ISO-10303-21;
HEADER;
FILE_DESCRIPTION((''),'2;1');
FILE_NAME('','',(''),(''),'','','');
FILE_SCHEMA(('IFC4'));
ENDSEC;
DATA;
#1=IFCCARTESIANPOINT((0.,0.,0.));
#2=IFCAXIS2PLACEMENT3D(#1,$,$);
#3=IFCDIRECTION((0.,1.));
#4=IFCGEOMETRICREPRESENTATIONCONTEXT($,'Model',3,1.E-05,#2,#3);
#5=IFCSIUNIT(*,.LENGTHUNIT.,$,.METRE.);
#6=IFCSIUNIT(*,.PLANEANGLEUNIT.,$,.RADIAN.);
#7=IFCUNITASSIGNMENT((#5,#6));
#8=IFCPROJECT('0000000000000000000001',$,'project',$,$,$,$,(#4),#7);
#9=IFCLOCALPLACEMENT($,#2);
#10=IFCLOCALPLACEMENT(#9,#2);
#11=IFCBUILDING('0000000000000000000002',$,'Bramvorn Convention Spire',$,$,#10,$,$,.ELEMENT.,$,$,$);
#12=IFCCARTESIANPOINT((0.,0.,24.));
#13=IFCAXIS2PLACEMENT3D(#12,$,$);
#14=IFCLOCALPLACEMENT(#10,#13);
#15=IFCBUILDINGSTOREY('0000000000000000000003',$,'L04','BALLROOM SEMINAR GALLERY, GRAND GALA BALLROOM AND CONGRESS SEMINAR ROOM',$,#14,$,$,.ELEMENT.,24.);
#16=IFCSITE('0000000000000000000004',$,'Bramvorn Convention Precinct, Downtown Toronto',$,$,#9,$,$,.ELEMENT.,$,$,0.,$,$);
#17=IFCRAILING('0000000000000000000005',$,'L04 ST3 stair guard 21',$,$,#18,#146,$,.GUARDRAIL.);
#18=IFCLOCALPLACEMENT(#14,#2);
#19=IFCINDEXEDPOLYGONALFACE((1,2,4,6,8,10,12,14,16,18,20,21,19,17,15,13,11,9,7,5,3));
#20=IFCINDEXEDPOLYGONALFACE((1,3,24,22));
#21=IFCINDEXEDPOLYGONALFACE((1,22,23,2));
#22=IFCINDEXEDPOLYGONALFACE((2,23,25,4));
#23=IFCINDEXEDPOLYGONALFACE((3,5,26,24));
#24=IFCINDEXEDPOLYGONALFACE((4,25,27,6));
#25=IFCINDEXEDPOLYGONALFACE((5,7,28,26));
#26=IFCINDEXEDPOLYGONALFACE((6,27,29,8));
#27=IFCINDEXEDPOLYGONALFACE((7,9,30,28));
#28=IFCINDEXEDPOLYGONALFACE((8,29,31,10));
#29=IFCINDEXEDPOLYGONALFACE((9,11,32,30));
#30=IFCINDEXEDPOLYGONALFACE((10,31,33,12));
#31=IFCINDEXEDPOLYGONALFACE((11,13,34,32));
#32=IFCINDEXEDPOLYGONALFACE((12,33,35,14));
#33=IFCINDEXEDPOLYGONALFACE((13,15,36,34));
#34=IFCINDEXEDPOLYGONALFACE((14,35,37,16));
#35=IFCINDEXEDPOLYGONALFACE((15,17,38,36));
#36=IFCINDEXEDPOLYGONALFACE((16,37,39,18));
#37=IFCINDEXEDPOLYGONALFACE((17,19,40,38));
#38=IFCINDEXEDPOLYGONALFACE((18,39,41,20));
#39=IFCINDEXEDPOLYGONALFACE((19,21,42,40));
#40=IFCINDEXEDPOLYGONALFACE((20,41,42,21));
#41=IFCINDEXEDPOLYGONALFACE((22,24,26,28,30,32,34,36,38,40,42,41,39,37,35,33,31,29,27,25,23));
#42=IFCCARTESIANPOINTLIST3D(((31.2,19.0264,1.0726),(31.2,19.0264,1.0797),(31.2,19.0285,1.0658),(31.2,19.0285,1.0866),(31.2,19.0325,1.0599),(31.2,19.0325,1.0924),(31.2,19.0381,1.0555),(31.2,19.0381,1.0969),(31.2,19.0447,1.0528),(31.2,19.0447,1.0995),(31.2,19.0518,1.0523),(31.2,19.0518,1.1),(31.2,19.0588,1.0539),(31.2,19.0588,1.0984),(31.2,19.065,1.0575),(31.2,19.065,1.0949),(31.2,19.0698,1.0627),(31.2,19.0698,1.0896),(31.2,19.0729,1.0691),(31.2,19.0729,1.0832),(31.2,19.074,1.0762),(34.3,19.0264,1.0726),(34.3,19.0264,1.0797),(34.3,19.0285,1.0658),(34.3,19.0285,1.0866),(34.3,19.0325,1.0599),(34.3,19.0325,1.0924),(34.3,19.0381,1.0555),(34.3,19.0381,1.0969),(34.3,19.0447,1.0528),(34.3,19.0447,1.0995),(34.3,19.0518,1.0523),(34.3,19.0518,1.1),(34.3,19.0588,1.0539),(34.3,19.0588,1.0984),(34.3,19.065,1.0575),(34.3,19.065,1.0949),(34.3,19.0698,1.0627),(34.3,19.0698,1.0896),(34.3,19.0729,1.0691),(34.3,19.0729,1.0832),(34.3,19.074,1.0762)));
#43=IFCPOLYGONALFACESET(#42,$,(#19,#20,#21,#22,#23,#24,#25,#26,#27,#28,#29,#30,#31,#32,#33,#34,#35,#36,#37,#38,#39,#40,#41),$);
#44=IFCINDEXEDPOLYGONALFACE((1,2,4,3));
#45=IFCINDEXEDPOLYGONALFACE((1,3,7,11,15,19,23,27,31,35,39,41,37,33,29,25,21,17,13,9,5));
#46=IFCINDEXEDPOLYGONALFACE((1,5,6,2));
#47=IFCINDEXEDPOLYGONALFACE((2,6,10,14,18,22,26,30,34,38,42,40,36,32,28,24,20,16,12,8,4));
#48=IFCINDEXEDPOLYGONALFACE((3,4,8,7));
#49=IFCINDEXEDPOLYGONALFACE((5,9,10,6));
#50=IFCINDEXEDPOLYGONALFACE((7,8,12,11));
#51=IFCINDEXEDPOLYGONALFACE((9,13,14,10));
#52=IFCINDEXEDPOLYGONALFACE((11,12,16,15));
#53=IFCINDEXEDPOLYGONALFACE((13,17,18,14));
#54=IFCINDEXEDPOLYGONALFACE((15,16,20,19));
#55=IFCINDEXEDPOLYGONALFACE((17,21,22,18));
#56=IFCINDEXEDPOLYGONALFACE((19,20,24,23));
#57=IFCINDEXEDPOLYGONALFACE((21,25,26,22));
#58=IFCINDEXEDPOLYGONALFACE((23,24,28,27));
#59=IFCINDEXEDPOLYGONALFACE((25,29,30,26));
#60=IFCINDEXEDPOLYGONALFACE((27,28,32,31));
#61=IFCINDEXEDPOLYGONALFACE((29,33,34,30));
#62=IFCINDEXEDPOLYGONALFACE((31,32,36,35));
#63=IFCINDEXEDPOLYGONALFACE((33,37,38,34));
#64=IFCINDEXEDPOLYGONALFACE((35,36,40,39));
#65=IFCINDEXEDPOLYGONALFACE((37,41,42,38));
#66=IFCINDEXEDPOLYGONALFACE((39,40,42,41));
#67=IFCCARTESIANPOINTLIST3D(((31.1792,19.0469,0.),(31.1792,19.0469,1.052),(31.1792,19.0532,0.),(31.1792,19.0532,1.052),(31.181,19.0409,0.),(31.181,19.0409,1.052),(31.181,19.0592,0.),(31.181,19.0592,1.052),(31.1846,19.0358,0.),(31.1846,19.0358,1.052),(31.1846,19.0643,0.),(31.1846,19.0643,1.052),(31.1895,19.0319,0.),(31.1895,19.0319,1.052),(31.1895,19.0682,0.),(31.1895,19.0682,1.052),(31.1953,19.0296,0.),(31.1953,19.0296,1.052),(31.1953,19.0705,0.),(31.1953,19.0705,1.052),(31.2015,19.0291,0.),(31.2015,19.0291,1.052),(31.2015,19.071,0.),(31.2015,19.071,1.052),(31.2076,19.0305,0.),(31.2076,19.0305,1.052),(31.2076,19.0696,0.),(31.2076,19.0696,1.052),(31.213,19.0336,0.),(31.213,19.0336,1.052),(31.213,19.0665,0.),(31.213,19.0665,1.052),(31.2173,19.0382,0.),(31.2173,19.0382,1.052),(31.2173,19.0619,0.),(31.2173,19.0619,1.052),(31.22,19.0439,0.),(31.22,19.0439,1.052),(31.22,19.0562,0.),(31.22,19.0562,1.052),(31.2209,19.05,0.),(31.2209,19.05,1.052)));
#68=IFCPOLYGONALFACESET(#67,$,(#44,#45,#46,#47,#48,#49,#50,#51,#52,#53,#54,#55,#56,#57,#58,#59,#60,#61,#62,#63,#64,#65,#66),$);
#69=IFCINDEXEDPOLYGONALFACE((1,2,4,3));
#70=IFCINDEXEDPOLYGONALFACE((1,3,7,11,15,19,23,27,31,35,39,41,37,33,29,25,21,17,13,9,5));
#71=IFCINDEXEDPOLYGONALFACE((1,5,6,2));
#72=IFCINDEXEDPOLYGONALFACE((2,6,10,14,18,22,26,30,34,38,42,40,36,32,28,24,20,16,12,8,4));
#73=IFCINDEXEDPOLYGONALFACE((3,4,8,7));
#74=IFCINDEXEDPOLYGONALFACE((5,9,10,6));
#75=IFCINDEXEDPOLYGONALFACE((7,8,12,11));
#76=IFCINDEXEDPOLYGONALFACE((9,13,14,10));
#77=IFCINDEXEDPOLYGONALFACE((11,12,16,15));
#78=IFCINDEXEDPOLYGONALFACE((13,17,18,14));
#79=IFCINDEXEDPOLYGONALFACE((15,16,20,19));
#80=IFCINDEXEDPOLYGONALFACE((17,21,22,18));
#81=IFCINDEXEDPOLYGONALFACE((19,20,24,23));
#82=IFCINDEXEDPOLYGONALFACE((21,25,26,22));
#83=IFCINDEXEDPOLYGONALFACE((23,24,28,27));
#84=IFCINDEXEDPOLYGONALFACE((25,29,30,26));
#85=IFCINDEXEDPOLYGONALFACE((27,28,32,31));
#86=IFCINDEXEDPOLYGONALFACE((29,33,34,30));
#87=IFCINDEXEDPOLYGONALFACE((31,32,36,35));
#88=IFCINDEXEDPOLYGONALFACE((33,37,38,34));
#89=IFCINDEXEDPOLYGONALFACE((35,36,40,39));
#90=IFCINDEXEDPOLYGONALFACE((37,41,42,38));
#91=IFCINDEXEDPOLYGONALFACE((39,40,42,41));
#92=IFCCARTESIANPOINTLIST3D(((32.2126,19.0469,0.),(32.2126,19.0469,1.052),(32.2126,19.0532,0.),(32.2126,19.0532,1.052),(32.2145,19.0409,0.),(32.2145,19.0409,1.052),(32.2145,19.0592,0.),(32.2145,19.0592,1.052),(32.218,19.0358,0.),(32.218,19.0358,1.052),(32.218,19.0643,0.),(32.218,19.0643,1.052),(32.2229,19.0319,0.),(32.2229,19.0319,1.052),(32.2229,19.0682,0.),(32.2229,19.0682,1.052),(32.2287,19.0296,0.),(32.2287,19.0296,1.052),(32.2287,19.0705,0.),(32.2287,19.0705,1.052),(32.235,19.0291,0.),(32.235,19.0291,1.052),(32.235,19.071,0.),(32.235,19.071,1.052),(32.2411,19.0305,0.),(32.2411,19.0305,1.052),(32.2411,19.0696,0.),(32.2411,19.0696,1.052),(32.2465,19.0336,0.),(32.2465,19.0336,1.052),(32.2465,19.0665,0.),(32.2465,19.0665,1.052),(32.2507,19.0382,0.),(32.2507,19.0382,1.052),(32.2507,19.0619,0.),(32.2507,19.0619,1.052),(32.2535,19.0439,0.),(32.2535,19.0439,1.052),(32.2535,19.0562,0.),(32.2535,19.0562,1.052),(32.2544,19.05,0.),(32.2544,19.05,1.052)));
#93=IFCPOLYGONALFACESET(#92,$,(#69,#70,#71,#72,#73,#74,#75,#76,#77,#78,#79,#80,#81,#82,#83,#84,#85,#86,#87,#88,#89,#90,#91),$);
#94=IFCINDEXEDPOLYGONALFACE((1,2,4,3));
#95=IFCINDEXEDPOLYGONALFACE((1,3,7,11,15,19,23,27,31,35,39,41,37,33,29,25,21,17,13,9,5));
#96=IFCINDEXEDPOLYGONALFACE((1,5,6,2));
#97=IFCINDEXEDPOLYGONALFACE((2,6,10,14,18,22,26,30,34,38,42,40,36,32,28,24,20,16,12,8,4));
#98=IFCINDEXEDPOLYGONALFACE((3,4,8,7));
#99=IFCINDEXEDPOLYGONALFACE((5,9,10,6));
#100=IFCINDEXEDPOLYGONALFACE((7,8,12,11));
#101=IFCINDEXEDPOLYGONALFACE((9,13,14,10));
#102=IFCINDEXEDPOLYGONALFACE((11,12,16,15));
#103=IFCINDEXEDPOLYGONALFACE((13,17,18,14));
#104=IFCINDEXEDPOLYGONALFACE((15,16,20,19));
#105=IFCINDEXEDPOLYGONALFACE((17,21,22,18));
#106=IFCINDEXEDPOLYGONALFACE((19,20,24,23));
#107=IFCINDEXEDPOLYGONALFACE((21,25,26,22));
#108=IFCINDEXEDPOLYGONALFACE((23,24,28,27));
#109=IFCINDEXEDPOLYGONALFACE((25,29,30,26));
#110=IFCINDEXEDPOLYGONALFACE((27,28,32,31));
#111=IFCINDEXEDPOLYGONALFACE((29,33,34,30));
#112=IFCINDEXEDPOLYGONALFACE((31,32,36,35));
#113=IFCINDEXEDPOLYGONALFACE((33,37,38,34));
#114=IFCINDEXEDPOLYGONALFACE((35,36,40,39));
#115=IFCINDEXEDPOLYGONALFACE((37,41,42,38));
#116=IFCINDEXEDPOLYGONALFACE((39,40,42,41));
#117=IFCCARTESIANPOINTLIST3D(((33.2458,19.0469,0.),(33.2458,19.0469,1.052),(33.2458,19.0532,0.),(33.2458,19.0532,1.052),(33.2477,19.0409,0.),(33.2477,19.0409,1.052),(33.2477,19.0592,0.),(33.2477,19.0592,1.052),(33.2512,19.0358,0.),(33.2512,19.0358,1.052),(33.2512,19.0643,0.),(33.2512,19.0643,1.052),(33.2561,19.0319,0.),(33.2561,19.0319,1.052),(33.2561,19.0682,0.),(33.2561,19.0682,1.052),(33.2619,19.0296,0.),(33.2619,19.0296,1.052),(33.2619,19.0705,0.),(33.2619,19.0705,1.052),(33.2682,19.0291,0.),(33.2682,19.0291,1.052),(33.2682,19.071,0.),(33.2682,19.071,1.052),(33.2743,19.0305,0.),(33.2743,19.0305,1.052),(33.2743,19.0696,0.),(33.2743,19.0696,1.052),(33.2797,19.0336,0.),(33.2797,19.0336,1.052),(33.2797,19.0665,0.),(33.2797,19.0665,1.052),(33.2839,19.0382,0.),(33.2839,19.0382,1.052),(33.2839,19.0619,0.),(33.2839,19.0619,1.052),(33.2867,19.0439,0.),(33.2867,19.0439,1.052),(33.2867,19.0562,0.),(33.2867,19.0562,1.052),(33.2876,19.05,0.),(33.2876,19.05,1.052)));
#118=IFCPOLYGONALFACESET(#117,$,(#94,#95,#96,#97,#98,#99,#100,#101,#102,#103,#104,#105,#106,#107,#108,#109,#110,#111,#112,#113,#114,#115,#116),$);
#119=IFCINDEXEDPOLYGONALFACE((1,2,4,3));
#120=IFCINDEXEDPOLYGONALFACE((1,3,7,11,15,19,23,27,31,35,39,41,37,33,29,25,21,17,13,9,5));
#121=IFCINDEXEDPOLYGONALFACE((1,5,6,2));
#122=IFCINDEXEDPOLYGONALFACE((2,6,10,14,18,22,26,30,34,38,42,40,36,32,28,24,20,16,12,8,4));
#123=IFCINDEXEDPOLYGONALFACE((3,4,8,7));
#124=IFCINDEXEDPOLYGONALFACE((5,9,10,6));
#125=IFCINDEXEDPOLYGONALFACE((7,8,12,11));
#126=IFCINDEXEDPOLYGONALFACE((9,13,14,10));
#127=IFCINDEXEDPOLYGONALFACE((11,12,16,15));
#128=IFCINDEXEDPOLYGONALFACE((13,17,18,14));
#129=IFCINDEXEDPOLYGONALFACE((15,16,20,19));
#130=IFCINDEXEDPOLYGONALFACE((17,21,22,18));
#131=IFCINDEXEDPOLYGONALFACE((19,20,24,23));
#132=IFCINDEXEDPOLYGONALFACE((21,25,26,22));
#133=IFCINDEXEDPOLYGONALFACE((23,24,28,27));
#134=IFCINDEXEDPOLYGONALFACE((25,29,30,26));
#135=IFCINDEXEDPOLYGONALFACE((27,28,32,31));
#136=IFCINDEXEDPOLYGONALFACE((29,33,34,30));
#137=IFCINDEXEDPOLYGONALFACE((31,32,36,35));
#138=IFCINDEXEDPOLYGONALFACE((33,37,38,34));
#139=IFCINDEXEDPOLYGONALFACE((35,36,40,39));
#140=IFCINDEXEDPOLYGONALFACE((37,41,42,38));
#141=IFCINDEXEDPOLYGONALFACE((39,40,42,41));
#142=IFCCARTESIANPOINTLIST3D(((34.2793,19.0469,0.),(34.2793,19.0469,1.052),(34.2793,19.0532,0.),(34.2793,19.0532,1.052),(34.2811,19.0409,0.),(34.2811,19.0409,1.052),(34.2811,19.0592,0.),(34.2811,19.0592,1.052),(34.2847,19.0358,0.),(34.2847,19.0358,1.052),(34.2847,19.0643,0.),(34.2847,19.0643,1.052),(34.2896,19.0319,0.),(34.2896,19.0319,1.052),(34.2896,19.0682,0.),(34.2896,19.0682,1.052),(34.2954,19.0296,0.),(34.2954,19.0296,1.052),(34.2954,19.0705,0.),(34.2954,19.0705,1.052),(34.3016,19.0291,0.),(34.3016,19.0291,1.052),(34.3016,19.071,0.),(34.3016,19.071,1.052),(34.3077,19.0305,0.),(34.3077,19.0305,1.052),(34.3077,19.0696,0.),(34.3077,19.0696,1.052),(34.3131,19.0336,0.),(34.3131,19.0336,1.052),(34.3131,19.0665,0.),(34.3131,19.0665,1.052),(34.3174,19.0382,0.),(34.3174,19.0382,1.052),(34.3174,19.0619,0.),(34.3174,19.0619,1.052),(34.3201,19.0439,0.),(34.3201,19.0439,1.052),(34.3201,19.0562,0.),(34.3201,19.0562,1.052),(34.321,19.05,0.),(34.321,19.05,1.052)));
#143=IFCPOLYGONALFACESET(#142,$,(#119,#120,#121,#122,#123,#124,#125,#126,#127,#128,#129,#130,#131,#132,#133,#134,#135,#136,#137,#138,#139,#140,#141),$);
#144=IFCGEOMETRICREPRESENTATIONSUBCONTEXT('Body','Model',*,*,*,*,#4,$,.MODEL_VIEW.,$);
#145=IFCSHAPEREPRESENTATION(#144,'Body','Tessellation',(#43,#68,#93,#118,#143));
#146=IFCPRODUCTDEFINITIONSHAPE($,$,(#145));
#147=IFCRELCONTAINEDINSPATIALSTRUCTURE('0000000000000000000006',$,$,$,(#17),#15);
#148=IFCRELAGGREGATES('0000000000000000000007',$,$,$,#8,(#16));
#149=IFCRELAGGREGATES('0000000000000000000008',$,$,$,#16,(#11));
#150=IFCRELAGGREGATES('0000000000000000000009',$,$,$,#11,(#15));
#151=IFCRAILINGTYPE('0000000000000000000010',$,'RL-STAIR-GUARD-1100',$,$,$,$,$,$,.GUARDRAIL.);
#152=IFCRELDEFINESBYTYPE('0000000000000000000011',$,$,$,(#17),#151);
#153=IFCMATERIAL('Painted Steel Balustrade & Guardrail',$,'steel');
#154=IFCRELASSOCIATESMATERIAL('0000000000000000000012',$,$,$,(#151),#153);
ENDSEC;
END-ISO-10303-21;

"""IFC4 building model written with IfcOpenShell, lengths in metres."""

from ifc_helpers import new_model, si_unit, direction, frame, origin, origin_2d, place, context, subcontext, project, spatial, circle, extrude, material, type_object, element, save


model = new_model("IFC4")

# Units and contexts
model_context = context("Model", 3, precision=1e-05, world=origin(), true_north=direction((0.0, 1.0)))
body_context = subcontext(model_context, "Body", "Model", "MODEL_VIEW")
ifc_project = project(units=[si_unit("LENGTHUNIT", "METRE"), si_unit("PLANEANGLEUNIT", "RADIAN")], contexts=[model_context])

# Site, building, storey
site_placement = place(None, origin())
site = spatial("IfcSite", under=ifc_project, at=site_placement, Name="Bramvorn Convention Precinct, Downtown Toronto", CompositionType="ELEMENT", RefElevation=0.0)
building_placement = place(site_placement, origin())
building = spatial("IfcBuilding", under=site, at=building_placement, Name="Bramvorn Convention Spire", CompositionType="ELEMENT")
storey_placement = place(building_placement, frame((0.0, 0.0, 24.0)))
storey = spatial("IfcBuildingStorey", under=building, at=storey_placement, Name="L04", Description="BALLROOM SEMINAR GALLERY, GRAND GALA BALLROOM AND CONGRESS SEMINAR ROOM", CompositionType="ELEMENT", Elevation=24.0)

# Railing
ifc_material_1 = material(Name="Painted Steel Balustrade & Guardrail", Category="steel")
railing_type = type_object("IfcRailingType", Name="RL-STAIR-GUARD-1100", PredefinedType="GUARDRAIL", material=ifc_material_1)
railing_1_placement = place(storey_placement, frame((31.2, 19.05, 0.0)))
element("IfcRailing", 1, at=railing_1_placement, inside=storey, type_object=railing_type, Name="L04 ST3 stair guard 21", PredefinedType="GUARDRAIL", context=body_context, shape_type="SweptSolid", body=[
    extrude(circle(Radius=0.0239, at=origin_2d()), frame((0.0, 0.0, 1.0762), z_axis=(1.0, 0.0, 0.0), x_axis=(0.0, 1.0, 0.0)), (0.0, 0.0, 1.0), 3.1001),
    extrude(circle(Radius=0.021, at=origin_2d()), origin(), (0.0, 0.0, 1.0), 1.052),
    extrude(circle(Radius=0.021, at=origin_2d()), frame((1.0334, 0.0, 0.0)), (0.0, 0.0, 1.0), 1.052),
    extrude(circle(Radius=0.021, at=origin_2d()), frame((2.0667, 0.0, 0.0)), (0.0, 0.0, 1.0), 1.052),
    extrude(circle(Radius=0.021, at=origin_2d()), frame((3.1001, 0.0, 0.0)), (0.0, 0.0, 1.0), 1.052),
])

save(model, "model.ifc")
